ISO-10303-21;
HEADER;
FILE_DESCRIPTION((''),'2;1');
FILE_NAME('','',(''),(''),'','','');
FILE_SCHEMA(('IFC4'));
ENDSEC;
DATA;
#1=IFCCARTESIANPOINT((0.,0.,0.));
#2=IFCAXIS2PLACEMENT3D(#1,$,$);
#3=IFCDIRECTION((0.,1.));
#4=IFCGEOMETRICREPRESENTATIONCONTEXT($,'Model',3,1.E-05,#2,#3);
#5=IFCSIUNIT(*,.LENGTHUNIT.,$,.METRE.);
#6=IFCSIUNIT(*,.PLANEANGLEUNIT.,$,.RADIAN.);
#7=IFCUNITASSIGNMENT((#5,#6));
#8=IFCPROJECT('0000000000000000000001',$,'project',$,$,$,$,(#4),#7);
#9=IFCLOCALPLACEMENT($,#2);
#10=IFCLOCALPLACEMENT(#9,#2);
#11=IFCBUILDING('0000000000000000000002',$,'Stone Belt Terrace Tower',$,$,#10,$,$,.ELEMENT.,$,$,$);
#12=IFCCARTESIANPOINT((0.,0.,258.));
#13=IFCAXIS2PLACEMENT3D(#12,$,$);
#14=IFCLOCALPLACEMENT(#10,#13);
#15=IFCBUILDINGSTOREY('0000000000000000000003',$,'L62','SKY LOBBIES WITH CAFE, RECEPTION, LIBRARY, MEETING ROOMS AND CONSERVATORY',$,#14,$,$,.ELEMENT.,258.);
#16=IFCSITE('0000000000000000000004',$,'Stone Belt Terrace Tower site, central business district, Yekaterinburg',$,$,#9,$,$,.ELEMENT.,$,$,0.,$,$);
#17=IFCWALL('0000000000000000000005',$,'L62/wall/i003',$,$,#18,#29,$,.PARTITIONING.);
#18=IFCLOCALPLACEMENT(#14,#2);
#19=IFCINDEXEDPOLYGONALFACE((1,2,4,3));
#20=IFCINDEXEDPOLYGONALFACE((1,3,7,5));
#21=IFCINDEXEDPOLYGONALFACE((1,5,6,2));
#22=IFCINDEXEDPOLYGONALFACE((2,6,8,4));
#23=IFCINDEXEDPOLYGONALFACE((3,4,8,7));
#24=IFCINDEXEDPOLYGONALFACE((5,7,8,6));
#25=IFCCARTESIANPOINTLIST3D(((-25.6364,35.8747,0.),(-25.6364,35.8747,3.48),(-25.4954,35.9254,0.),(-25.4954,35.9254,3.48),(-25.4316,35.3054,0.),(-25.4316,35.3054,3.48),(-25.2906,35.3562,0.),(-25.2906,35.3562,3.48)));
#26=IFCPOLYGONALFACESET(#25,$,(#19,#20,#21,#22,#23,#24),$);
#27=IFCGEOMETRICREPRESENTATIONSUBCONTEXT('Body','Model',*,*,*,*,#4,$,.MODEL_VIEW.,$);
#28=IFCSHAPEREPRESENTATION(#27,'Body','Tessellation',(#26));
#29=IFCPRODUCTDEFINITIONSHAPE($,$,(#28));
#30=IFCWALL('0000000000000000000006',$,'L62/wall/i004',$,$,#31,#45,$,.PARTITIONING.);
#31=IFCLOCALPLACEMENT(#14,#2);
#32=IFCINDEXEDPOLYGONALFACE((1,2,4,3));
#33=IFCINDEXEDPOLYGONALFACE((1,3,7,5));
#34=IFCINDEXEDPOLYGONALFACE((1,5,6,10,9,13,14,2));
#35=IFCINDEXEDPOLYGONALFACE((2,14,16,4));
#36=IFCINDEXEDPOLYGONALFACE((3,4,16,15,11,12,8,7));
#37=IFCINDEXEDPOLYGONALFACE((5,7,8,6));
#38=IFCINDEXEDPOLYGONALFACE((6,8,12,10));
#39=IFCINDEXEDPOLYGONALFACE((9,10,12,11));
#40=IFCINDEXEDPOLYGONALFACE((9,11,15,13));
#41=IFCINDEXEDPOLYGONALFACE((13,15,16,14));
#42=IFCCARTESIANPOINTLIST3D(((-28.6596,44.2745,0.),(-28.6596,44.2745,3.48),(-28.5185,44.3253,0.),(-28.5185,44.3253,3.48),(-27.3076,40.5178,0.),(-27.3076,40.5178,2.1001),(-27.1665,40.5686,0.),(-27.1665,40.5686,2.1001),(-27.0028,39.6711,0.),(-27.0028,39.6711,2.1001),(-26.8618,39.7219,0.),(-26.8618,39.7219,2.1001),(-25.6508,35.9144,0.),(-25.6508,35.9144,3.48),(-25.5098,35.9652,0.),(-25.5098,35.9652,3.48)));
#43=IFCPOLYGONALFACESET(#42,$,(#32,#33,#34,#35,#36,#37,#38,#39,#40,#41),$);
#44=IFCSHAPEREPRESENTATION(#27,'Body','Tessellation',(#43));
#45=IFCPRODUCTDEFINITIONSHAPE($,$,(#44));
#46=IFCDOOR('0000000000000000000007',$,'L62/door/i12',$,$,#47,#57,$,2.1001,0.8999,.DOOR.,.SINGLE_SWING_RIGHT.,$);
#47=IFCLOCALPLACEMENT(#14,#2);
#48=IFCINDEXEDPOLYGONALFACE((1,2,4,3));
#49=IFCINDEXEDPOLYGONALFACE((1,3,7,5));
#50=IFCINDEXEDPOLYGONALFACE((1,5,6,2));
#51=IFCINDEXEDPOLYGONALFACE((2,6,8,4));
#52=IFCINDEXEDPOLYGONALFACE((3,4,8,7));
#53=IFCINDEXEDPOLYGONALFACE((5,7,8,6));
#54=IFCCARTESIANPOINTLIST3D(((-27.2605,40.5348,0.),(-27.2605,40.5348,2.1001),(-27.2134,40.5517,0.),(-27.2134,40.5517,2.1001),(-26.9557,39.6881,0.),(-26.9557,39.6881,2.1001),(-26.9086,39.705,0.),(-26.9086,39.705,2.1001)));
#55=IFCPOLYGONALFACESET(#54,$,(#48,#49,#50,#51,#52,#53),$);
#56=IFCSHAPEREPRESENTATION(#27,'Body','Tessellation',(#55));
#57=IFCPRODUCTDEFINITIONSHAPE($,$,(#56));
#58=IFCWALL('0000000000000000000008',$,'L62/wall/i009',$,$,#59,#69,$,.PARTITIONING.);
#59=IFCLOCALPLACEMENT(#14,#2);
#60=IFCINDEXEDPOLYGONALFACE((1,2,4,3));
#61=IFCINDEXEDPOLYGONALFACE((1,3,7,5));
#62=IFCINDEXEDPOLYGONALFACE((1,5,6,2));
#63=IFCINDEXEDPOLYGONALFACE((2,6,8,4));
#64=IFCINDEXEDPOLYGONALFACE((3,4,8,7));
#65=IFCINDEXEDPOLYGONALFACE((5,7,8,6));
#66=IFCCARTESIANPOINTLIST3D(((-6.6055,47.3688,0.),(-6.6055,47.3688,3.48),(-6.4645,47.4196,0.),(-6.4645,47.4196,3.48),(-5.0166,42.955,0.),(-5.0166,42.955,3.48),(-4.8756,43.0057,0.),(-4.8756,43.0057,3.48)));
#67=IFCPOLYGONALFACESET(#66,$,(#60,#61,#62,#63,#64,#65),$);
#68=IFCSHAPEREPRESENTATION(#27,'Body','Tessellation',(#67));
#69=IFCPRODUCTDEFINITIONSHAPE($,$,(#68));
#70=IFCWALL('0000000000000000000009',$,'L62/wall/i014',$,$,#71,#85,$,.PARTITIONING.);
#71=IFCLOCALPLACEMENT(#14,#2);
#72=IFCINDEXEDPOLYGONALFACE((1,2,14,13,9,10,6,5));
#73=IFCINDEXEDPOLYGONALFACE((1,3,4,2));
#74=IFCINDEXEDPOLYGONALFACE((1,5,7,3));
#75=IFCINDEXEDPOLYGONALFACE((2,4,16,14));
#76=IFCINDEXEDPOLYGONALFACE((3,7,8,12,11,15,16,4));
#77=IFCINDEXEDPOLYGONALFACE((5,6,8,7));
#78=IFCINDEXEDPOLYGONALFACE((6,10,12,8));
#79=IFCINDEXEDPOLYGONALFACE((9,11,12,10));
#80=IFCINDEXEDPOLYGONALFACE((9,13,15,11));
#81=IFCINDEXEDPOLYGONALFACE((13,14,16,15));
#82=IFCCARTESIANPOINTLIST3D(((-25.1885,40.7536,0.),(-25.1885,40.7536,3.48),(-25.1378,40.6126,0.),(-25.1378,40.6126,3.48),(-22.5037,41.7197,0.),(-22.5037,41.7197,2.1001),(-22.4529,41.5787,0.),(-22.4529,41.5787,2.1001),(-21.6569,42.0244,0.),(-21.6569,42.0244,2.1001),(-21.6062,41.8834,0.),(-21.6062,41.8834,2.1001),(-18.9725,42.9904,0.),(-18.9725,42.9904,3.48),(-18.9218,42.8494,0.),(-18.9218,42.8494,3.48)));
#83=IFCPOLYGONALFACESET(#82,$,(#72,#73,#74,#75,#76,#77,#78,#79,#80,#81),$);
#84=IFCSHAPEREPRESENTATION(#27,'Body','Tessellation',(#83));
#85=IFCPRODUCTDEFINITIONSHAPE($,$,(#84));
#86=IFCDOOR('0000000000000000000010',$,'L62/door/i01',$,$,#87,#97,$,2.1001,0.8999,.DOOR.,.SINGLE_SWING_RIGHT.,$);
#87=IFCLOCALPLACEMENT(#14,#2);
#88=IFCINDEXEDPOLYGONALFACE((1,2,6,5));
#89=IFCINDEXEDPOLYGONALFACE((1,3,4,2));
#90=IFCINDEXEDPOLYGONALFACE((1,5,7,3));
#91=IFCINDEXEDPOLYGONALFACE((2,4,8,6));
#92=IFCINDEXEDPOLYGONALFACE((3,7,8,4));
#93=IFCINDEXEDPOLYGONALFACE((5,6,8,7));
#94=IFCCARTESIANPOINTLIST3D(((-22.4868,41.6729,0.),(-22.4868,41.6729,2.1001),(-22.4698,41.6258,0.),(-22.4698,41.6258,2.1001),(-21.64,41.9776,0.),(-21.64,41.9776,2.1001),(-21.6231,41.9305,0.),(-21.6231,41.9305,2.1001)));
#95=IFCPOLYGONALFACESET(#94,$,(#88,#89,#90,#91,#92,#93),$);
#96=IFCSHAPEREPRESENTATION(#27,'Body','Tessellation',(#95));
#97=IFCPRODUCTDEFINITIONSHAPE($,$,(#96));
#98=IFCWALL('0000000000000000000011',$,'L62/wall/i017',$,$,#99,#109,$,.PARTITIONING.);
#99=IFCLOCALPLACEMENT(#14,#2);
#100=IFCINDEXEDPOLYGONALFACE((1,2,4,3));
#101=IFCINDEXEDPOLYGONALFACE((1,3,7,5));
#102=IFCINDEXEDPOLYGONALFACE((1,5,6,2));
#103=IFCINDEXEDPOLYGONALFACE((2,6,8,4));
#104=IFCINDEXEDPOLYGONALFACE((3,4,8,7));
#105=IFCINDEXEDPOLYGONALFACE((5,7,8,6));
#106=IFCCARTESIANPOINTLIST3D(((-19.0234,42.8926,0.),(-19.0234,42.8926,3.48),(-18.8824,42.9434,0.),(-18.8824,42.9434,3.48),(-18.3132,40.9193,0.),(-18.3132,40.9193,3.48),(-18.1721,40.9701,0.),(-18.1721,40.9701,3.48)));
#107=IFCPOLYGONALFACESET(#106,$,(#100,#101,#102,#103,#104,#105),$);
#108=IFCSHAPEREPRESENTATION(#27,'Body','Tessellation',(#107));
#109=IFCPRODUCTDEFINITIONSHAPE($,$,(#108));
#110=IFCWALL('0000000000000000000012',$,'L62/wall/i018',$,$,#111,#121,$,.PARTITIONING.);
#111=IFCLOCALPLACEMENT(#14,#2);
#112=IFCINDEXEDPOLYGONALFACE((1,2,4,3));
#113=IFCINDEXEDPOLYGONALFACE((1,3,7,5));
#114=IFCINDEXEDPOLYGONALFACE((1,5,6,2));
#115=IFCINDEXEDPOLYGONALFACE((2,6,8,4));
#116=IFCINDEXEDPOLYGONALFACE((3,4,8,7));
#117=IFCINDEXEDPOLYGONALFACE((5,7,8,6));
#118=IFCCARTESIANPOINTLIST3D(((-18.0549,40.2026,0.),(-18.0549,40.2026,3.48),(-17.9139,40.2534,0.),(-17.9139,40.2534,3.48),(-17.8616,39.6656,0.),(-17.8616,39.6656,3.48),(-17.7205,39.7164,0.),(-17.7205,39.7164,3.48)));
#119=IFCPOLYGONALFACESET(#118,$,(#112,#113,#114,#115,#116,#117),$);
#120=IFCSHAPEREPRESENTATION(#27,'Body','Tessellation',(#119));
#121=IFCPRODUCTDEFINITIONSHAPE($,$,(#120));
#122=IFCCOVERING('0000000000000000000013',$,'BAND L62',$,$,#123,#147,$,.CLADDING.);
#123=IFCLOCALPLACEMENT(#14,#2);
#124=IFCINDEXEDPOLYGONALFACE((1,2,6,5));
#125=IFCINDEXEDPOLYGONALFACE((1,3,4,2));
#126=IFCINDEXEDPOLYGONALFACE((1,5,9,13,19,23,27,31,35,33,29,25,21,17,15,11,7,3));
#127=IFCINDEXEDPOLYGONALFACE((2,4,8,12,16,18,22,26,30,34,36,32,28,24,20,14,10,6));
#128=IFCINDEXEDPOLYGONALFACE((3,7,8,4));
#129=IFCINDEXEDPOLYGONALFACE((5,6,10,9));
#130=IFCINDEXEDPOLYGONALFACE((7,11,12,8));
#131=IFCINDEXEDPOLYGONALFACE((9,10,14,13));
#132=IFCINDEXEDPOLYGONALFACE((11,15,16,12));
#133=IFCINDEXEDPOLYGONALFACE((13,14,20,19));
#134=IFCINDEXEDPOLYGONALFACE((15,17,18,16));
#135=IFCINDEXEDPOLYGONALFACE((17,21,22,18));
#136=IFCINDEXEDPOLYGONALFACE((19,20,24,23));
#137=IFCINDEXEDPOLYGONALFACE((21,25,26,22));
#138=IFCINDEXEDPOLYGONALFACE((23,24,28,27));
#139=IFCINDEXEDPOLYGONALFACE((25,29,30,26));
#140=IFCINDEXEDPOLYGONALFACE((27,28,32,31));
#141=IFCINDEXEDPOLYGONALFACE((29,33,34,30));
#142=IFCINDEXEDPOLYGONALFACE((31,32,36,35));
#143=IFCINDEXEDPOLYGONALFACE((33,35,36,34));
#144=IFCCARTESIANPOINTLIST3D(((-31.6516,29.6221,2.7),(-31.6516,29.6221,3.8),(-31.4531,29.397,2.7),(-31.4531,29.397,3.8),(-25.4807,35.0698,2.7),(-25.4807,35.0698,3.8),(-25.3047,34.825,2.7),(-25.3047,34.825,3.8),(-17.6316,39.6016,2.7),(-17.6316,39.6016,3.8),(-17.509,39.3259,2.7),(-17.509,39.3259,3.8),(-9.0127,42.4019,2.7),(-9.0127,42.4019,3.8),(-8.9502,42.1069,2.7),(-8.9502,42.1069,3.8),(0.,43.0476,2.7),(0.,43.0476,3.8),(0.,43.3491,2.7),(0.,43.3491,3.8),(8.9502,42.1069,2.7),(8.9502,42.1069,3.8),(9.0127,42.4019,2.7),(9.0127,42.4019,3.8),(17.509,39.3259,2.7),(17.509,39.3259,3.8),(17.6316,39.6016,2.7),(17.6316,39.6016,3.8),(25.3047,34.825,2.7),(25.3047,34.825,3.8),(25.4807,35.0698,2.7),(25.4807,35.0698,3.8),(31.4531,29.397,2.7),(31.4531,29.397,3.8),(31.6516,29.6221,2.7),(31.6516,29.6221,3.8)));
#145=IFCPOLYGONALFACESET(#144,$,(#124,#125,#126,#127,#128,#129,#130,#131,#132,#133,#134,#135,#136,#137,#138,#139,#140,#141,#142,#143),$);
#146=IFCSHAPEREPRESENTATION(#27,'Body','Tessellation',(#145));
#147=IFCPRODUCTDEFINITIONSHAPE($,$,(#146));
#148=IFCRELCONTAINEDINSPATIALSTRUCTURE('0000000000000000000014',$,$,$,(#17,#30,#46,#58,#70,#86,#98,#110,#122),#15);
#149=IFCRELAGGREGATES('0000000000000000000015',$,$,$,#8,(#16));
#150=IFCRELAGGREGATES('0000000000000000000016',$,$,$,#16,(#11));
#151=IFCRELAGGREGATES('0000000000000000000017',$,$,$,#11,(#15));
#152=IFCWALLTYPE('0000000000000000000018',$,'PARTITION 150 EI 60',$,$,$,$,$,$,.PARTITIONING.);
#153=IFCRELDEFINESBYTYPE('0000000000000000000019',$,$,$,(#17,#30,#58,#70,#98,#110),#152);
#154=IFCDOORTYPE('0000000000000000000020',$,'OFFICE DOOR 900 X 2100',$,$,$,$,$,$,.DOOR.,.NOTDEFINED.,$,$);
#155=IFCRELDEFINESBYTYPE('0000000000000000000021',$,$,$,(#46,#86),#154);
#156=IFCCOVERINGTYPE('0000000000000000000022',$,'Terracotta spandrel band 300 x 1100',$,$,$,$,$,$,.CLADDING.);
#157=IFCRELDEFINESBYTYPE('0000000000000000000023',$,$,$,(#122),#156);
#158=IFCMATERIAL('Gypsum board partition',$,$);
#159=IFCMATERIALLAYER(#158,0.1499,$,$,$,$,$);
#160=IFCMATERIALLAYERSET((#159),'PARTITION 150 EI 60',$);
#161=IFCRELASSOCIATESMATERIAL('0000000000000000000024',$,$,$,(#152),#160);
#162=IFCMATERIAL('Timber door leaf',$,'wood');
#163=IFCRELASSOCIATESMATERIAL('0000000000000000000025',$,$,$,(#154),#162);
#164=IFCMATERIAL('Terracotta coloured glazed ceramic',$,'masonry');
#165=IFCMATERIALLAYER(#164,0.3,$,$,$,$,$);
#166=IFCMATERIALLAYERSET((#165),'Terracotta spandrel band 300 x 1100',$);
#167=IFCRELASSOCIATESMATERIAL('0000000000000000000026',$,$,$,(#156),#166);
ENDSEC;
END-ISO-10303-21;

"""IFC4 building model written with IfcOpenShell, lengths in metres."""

from ifc_helpers import new_model, si_unit, direction, frame, frame_2d, origin, place, context, subcontext, project, spatial, polyline, rectangle, outline, extrude, material, layer, layer_set, type_object, element, fill, save


model = new_model("IFC4")

# Units and contexts
model_context = context("Model", 3, precision=1e-05, world=origin(), true_north=direction((0.0, 1.0)))
body_context = subcontext(model_context, "Body", "Model", "MODEL_VIEW")
ifc_project = project(units=[si_unit("LENGTHUNIT", "METRE"), si_unit("PLANEANGLEUNIT", "RADIAN")], contexts=[model_context])

# Site, building, storey
site_placement = place(None, origin())
site = spatial("IfcSite", under=ifc_project, at=site_placement, Name="Stone Belt Terrace Tower site, central business district, Yekaterinburg", CompositionType="ELEMENT", RefElevation=0.0)
building_placement = place(site_placement, origin())
building = spatial("IfcBuilding", under=site, at=building_placement, Name="Stone Belt Terrace Tower", CompositionType="ELEMENT")
storey_placement = place(building_placement, frame((0.0, 0.0, 258.0)))
storey = spatial("IfcBuildingStorey", under=building, at=storey_placement, Name="L62", Description="SKY LOBBIES WITH CAFE, RECEPTION, LIBRARY, MEETING ROOMS AND CONSERVATORY", CompositionType="ELEMENT", Elevation=258.0)

# Wall
ifc_material_1 = material(Name="Gypsum board partition")
ifc_layer_1 = layer(ifc_material_1, 0.1499)
ifc_layer_set_1 = layer_set([ifc_layer_1], Name="PARTITION 150 EI 60")
wall_type_1 = type_object("IfcWallType", Name="PARTITION 150 EI 60", PredefinedType="PARTITIONING", material=ifc_layer_set_1)
wall_1_placement = place(storey_placement, frame((-25.3611, 35.3308, 0.0), z_axis=(0.0, 0.0, 1.0), x_axis=(-0.338534, 0.940954, 0.0)))
element("IfcWall", 1, at=wall_1_placement, inside=storey, type_object=wall_type_1, Name="L62/wall/i003", PredefinedType="PARTITIONING", context=body_context, shape_type="SweptSolid", body=[
    extrude(rectangle(XDim=0.605, YDim=0.1499, at=frame_2d((0.3025, 0.0))), origin(), (0.0, 0.0, 1.0), 3.48),
])

# Wall, opening, door
wall_2_placement = place(storey_placement, frame((-25.5803, 35.9399, 0.0), z_axis=(0.0, 0.0, 1.0), x_axis=(-0.338635, 0.940918, 0.0)))
wall_2 = element("IfcWall", 2, at=wall_2_placement, inside=storey, type_object=wall_type_1, Name="L62/wall/i004", PredefinedType="PARTITIONING", context=body_context, shape_type="SweptSolid", body=[
    extrude(rectangle(XDim=8.885, YDim=0.1499, at=frame_2d((4.4424, 0.0))), origin(), (0.0, 0.0, 1.0), 3.48),
])
opening_1_placement = place(wall_2_placement, frame((3.9924, 0.0, 0.0)))
opening_1 = element("IfcOpeningElement", 3, at=opening_1_placement, cuts=wall_2, PredefinedType="OPENING", context=body_context, shape_type="SweptSolid", body=[
    extrude(rectangle(XDim=0.8999, YDim=2.1001, at=frame_2d((0.45, 1.05))), frame((0.0, 0.085, 0.0), z_axis=(0.0, -1.0, 0.0), x_axis=(1.0, 0.0, 0.0)), (0.0, 0.0, 1.0), 0.1699),
])
ifc_material_2 = material(Name="Timber door leaf", Category="wood")
door_type_1 = type_object("IfcDoorType", Name="OFFICE DOOR 900 X 2100", OperationType="NOTDEFINED", PredefinedType="DOOR", material=ifc_material_2)
door_1_placement = place(opening_1_placement, origin())
door_1 = element("IfcDoor", 4, at=door_1_placement, inside=storey, type_object=door_type_1, Name="L62/door/i12", OperationType="SINGLE_SWING_RIGHT", OverallHeight=2.1001, OverallWidth=0.8999, PredefinedType="DOOR", context=body_context, shape_type="SweptSolid", body=[
    extrude(rectangle(XDim=0.8999, YDim=2.1001, at=frame_2d((0.45, 1.05))), frame((0.0, 0.0249, 0.0), z_axis=(0.0, -1.0, 0.0), x_axis=(1.0, 0.0, 0.0)), (0.0, 0.0, 1.0), 0.05),
])
fill(opening_1, door_1)

# Wall
wall_3_placement = place(storey_placement, frame((-4.946, 42.9802, 0.0), z_axis=(0.0, 0.0, 1.0), x_axis=(-0.338699, 0.940895, 0.0)))
element("IfcWall", 5, at=wall_3_placement, inside=storey, type_object=wall_type_1, Name="L62/wall/i009", PredefinedType="PARTITIONING", context=body_context, shape_type="SweptSolid", body=[
    extrude(rectangle(XDim=4.6912, YDim=0.1499, at=frame_2d((2.3457, 0.0))), origin(), (0.0, 0.0, 1.0), 3.48),
])

# Wall, opening, door
wall_4_placement = place(storey_placement, frame((-18.947, 42.9199, 0.0), z_axis=(0.0, 0.0, 1.0), x_axis=(-0.940934, -0.33859, 0.0)))
wall_4 = element("IfcWall", 6, at=wall_4_placement, inside=storey, type_object=wall_type_1, Name="L62/wall/i014", PredefinedType="PARTITIONING", context=body_context, shape_type="SweptSolid", body=[
    extrude(rectangle(XDim=6.6062, YDim=0.1499, at=frame_2d((3.3032, 0.0))), origin(), (0.0, 0.0, 1.0), 3.48),
])
opening_2_placement = place(wall_4_placement, frame((2.853, 0.0, 0.0)))
opening_2 = element("IfcOpeningElement", 7, at=opening_2_placement, cuts=wall_4, PredefinedType="OPENING", context=body_context, shape_type="SweptSolid", body=[
    extrude(rectangle(XDim=0.8999, YDim=2.1001, at=frame_2d((0.45, 1.05))), frame((0.0, 0.085, 0.0), z_axis=(0.0, -1.0, 0.0), x_axis=(1.0, 0.0, 0.0)), (0.0, 0.0, 1.0), 0.1699),
])
door_2_placement = place(opening_2_placement, origin())
door_2 = element("IfcDoor", 8, at=door_2_placement, inside=storey, type_object=door_type_1, Name="L62/door/i01", OperationType="SINGLE_SWING_RIGHT", OverallHeight=2.1001, OverallWidth=0.8999, PredefinedType="DOOR", context=body_context, shape_type="SweptSolid", body=[
    extrude(rectangle(XDim=0.8999, YDim=2.1001, at=frame_2d((0.45, 1.05))), frame((0.0, 0.0249, 0.0), z_axis=(0.0, -1.0, 0.0), x_axis=(1.0, 0.0, 0.0)), (0.0, 0.0, 1.0), 0.05),
])
fill(opening_2, door_2)

# Walls
wall_5_placement = place(storey_placement, frame((-18.9529, 42.918, 0.0), z_axis=(0.0, 0.0, 1.0), x_axis=(0.338666, -0.940907, 0.0)))
element("IfcWall", 9, at=wall_5_placement, inside=storey, type_object=wall_type_1, Name="L62/wall/i017", PredefinedType="PARTITIONING", context=body_context, shape_type="SweptSolid", body=[
    extrude(rectangle(XDim=2.0972, YDim=0.1499, at=frame_2d((1.0486, 0.0))), origin(), (0.0, 0.0, 1.0), 3.48),
])
wall_6_placement = place(storey_placement, frame((-17.9844, 40.228, 0.0), z_axis=(0.0, 0.0, 1.0), x_axis=(0.338719, -0.940887, 0.0)))
element("IfcWall", 10, at=wall_6_placement, inside=storey, type_object=wall_type_1, Name="L62/wall/i018", PredefinedType="PARTITIONING", context=body_context, shape_type="SweptSolid", body=[
    extrude(rectangle(XDim=0.5708, YDim=0.1499, at=frame_2d((0.2854, 0.0))), origin(), (0.0, 0.0, 1.0), 3.48),
])

# Covering
ifc_material_3 = material(Name="Terracotta coloured glazed ceramic", Category="masonry")
ifc_layer_2 = layer(ifc_material_3, 0.3)
ifc_layer_set_2 = layer_set([ifc_layer_2], Name="Terracotta spandrel band 300 x 1100")
covering_type = type_object("IfcCoveringType", Name="Terracotta spandrel band 300 x 1100", PredefinedType="CLADDING", material=ifc_layer_set_2)
covering_placement = place(storey_placement, frame((0.0, 0.0, 2.7)))
element("IfcCovering", 11, at=covering_placement, inside=storey, type_object=covering_type, Name="BAND L62", PredefinedType="CLADDING", context=body_context, shape_type="SweptSolid", body=[
    extrude(outline(polyline([(-31.6516, 29.6221), (-25.4807, 35.0698), (-17.6316, 39.6016), (-9.0127, 42.4019), (0.0, 43.3491), (9.0127, 42.4019), (17.6316, 39.6016), (25.4807, 35.0698), (31.6516, 29.6221), (31.4531, 29.397), (25.3047, 34.825), (17.509, 39.3259), (8.9502, 42.1069), (0.0, 43.0476), (-8.9502, 42.1069), (-17.509, 39.3259), (-25.3047, 34.825), (-31.4531, 29.397), (-31.6516, 29.6221)])), origin(), (0.0, 0.0, 1.0), 1.1001),
])

save(model, "model.ifc")
